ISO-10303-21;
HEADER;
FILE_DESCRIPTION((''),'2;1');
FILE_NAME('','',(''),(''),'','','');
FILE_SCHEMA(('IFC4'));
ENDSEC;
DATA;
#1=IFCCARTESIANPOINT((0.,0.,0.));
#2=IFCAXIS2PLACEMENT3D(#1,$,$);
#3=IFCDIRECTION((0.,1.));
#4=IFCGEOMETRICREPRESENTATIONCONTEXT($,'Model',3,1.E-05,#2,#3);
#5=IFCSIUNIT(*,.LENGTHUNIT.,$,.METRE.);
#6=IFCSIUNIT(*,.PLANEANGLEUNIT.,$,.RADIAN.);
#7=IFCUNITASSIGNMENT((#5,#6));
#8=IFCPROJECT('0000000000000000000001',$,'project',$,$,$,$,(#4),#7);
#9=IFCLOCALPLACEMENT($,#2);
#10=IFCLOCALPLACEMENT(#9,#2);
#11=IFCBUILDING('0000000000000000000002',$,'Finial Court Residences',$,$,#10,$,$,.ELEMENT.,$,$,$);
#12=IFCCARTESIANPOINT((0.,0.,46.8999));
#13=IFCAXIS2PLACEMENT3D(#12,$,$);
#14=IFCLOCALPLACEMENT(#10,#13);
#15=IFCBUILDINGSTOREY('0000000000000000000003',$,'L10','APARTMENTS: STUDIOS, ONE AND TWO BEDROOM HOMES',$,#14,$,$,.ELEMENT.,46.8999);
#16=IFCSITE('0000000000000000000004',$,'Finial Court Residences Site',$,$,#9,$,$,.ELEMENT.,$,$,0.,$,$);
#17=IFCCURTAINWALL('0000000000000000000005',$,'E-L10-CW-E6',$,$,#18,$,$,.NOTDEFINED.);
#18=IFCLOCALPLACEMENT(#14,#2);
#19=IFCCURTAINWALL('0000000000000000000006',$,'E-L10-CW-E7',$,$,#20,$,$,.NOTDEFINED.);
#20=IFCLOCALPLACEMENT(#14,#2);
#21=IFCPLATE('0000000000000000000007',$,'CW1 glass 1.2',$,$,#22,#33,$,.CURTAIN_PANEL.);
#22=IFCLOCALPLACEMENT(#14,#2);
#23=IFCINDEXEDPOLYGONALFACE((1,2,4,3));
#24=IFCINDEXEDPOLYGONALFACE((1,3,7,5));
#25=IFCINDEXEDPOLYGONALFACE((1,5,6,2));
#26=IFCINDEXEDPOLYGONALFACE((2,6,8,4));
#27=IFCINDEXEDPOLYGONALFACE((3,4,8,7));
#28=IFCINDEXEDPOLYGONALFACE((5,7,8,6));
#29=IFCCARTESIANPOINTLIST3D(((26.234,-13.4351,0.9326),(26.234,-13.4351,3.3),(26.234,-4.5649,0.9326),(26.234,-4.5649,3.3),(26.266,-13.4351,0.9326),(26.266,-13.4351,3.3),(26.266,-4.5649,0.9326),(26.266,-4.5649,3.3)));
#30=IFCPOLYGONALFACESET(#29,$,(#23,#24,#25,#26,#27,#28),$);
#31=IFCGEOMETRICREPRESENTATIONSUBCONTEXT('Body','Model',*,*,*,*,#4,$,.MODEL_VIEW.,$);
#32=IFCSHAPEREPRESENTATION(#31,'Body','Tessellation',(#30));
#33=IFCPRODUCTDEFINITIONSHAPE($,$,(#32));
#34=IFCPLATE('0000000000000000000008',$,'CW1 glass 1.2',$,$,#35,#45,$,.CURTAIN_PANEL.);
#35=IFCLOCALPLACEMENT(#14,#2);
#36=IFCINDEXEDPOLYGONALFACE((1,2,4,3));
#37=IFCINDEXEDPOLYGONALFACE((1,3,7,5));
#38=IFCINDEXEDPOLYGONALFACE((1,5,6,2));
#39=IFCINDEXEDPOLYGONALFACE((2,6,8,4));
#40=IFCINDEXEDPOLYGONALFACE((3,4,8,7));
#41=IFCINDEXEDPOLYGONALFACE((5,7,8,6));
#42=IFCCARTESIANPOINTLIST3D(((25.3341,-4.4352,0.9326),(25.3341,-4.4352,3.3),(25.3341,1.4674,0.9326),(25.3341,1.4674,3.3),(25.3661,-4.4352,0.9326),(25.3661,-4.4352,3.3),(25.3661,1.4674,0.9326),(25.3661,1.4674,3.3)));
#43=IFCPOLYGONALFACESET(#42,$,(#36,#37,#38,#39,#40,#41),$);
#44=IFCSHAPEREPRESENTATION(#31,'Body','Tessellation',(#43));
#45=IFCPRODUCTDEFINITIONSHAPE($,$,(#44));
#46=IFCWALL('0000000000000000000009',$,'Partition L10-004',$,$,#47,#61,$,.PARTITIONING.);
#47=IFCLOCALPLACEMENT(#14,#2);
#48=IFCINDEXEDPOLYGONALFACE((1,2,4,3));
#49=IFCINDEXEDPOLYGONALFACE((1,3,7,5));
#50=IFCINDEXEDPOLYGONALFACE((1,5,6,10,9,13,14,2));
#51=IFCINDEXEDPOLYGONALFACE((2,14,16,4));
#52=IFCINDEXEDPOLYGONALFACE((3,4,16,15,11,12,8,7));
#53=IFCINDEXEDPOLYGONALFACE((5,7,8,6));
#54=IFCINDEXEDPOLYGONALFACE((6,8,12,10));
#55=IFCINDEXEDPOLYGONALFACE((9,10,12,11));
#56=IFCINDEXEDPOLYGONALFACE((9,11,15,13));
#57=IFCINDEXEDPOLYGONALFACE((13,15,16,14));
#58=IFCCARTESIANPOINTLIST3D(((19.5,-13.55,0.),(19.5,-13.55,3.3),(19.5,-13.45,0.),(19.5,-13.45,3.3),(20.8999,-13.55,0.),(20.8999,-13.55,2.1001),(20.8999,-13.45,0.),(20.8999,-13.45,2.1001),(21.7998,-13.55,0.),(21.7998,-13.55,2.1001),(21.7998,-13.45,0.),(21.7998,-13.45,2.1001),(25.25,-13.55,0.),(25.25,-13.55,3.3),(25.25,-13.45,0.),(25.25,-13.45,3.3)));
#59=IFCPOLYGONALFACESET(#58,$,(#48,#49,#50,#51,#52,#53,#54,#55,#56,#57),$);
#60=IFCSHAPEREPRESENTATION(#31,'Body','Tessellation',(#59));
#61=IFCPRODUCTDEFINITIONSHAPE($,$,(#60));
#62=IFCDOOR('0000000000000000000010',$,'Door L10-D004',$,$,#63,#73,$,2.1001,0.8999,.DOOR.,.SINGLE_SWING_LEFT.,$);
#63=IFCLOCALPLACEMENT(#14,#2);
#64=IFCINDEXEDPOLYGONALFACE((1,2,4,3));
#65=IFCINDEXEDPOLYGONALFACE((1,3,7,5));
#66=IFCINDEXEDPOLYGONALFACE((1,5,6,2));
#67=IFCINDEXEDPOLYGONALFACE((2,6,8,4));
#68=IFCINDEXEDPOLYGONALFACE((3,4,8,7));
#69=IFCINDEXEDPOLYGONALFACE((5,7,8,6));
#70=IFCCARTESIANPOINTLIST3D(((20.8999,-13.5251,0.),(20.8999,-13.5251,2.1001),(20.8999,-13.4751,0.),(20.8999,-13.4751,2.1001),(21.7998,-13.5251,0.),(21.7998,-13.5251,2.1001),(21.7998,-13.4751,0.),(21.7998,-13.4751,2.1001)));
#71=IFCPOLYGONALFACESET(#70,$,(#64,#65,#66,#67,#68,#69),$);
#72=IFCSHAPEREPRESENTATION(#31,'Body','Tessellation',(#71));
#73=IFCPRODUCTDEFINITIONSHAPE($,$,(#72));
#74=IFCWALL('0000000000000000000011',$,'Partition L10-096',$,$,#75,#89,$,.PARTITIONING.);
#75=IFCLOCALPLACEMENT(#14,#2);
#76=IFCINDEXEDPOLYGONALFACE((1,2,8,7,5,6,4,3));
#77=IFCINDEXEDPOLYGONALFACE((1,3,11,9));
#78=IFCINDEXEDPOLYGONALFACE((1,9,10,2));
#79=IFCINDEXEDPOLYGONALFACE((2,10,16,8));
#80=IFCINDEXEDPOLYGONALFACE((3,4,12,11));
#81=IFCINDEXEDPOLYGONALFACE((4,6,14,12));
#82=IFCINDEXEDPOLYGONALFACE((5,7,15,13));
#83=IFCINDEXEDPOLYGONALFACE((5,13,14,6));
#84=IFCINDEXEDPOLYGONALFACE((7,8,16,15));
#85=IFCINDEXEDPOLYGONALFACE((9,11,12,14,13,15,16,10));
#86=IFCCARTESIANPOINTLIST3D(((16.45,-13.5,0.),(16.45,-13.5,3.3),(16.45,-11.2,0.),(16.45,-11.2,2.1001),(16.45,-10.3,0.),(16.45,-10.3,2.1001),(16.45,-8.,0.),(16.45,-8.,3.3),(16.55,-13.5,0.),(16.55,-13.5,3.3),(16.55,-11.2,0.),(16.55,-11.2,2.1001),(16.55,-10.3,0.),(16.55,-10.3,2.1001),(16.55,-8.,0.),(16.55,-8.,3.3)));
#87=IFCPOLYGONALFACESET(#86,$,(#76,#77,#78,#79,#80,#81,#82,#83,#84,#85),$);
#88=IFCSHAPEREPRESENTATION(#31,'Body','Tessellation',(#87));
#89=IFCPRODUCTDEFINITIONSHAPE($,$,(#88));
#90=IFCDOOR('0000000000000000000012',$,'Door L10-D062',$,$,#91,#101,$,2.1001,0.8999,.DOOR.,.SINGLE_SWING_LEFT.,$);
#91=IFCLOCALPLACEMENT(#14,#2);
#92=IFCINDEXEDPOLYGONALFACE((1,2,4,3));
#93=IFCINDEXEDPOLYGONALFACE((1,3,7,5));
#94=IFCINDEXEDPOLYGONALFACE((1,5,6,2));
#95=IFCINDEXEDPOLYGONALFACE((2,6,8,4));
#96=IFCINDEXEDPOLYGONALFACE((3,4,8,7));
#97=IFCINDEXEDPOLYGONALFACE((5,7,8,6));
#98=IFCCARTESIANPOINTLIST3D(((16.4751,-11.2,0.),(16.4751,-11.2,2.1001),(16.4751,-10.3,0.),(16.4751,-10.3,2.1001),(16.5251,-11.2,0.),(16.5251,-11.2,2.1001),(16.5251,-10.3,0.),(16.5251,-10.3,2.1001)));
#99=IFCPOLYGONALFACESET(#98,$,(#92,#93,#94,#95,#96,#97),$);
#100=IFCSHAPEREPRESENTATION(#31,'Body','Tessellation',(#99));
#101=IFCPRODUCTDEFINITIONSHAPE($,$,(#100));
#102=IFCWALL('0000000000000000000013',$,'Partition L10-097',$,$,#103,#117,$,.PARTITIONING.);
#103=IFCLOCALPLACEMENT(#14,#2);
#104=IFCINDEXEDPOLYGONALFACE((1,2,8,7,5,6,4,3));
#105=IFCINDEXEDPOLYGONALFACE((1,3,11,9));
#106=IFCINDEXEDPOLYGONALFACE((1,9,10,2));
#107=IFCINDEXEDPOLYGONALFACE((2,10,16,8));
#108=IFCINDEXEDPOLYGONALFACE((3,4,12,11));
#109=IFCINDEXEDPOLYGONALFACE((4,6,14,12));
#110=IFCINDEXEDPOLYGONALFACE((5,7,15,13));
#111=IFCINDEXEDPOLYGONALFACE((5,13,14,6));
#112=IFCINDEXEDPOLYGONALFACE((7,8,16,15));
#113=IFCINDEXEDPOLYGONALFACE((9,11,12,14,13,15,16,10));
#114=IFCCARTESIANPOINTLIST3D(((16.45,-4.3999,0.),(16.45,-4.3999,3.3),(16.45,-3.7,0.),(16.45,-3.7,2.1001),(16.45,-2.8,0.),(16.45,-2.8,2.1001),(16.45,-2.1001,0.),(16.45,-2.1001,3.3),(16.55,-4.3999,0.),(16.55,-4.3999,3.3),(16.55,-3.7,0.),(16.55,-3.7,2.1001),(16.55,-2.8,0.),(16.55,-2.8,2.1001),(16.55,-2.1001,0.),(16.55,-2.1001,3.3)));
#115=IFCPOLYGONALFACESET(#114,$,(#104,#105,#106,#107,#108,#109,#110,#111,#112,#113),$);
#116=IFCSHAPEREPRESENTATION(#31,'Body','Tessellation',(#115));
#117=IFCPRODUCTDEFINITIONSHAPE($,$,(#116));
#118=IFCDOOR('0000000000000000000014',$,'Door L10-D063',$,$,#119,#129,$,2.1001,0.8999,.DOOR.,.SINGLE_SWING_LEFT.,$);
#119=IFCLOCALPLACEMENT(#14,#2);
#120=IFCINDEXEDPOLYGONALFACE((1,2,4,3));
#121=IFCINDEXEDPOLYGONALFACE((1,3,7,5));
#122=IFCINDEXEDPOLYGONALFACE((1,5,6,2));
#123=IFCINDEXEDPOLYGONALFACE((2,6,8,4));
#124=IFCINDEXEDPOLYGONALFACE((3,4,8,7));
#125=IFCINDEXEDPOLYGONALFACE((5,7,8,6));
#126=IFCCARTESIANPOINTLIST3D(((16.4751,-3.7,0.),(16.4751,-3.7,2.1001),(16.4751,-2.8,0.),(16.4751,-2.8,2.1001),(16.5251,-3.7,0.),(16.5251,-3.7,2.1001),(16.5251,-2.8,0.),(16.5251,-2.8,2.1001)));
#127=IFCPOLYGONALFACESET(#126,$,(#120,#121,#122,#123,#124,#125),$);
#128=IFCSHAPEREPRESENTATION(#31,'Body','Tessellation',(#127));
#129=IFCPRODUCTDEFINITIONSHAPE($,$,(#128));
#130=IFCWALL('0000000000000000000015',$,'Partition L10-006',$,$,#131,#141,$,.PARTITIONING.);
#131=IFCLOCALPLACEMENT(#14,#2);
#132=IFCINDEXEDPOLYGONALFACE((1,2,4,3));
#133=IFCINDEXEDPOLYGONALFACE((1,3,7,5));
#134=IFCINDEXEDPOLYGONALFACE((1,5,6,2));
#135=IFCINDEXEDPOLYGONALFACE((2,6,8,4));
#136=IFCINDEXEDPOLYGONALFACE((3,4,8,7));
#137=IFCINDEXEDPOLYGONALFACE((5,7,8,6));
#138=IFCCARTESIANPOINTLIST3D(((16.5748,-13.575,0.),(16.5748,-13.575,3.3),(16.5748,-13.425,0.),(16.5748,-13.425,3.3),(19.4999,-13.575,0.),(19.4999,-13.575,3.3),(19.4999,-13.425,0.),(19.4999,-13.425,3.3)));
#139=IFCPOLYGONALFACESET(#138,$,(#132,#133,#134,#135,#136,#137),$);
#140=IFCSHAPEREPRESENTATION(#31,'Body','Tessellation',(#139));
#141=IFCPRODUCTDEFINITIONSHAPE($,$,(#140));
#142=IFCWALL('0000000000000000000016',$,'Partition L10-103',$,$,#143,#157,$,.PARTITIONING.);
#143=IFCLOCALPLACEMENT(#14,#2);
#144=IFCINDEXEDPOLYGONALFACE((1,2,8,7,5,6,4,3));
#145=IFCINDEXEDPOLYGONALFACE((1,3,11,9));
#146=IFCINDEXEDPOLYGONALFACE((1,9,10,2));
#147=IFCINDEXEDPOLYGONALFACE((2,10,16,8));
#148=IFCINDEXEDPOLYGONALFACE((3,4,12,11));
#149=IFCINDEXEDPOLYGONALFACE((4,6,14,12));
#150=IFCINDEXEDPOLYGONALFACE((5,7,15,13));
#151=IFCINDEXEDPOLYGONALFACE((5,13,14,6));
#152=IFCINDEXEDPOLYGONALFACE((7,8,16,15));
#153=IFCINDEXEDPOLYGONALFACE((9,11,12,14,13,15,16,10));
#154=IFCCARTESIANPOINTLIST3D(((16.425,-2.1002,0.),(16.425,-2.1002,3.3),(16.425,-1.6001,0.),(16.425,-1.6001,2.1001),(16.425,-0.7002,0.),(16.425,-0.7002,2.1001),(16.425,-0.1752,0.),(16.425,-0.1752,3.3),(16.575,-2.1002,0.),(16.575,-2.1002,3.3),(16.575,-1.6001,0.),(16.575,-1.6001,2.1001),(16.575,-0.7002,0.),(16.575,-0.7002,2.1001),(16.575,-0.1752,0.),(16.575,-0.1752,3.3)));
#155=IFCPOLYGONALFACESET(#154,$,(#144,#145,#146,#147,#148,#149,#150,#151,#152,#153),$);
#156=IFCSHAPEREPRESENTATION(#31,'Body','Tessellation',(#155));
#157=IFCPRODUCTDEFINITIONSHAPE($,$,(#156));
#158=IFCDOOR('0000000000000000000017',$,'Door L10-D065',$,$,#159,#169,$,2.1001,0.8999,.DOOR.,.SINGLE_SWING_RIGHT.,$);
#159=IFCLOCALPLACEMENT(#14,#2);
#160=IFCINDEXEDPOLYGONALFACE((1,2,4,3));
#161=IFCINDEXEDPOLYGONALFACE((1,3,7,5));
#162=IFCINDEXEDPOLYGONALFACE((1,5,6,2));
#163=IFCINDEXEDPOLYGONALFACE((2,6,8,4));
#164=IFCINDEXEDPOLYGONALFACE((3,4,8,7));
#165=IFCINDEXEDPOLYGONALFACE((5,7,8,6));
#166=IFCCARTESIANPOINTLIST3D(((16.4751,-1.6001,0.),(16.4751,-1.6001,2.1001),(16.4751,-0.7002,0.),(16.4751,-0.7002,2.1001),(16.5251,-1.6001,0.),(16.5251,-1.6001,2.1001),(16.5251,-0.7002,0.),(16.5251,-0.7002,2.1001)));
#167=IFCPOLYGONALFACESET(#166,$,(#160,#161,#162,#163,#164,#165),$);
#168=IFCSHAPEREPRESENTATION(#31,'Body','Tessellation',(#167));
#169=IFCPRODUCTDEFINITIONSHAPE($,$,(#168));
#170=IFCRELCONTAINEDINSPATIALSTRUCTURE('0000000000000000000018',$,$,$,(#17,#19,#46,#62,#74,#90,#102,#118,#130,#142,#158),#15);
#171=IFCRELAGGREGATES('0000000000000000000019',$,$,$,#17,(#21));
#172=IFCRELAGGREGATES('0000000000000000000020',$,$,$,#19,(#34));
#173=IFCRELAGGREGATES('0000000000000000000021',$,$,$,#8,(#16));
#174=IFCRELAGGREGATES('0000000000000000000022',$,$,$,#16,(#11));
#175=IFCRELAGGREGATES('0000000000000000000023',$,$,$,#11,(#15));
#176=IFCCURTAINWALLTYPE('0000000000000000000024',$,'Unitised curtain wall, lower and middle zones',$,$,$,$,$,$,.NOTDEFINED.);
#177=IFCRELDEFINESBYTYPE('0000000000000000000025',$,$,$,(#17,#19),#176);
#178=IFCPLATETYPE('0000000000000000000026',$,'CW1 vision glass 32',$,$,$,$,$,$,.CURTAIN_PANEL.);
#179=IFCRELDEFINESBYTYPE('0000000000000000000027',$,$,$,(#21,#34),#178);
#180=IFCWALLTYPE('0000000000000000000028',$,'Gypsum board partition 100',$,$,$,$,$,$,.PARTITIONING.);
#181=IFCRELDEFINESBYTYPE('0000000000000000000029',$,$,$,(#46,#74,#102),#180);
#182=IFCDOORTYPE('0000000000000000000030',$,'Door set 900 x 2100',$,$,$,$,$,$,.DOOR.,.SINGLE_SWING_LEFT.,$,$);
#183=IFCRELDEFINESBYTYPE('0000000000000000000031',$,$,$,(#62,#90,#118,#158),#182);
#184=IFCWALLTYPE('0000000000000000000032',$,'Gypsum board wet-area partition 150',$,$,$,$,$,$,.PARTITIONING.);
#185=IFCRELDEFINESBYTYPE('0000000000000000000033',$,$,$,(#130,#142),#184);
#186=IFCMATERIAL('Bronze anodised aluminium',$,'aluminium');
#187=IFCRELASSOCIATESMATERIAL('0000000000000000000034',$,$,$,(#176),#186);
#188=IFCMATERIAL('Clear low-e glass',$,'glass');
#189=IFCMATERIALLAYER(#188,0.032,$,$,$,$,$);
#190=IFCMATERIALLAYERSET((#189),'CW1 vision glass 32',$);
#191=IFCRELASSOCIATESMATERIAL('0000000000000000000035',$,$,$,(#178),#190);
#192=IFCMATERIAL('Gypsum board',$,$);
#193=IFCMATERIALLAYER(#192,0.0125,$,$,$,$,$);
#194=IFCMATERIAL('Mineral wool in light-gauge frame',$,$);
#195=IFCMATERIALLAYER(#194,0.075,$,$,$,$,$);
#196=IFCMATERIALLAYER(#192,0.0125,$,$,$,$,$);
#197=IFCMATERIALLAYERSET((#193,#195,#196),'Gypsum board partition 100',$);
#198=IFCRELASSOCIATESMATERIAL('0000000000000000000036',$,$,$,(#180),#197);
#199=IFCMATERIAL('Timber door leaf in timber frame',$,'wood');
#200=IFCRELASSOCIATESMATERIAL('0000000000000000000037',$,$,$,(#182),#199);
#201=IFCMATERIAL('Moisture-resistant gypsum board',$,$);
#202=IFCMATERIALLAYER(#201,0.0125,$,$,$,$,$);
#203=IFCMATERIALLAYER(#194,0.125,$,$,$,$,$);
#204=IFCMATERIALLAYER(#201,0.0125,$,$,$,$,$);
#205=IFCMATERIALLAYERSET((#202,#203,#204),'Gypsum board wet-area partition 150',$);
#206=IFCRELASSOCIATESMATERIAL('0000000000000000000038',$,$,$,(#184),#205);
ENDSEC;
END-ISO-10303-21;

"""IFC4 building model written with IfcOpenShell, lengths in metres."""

from ifc_helpers import new_model, si_unit, direction, frame, frame_2d, origin, origin_2d, place, context, subcontext, project, spatial, rectangle, extrude, material, layer, layer_set, type_object, element, fill, aggregate, save


model = new_model("IFC4")

# Units and contexts
model_context = context("Model", 3, precision=1e-05, world=origin(), true_north=direction((0.0, 1.0)))
body_context = subcontext(model_context, "Body", "Model", "MODEL_VIEW")
ifc_project = project(units=[si_unit("LENGTHUNIT", "METRE"), si_unit("PLANEANGLEUNIT", "RADIAN")], contexts=[model_context])

# Site, building, storey
site_placement = place(None, origin())
site = spatial("IfcSite", under=ifc_project, at=site_placement, Name="Finial Court Residences Site", CompositionType="ELEMENT", RefElevation=0.0)
building_placement = place(site_placement, origin())
building = spatial("IfcBuilding", under=site, at=building_placement, Name="Finial Court Residences", CompositionType="ELEMENT")
storey_placement = place(building_placement, frame((0.0, 0.0, 46.8999)))
storey = spatial("IfcBuildingStorey", under=building, at=storey_placement, Name="L10", Description="APARTMENTS: STUDIOS, ONE AND TWO BEDROOM HOMES", CompositionType="ELEMENT", Elevation=46.8999)

# Curtain walls
ifc_material_1 = material(Name="Bronze anodised aluminium", Category="aluminium")
curtain_wall_type = type_object("IfcCurtainWallType", Name="Unitised curtain wall, lower and middle zones", PredefinedType="NOTDEFINED", material=ifc_material_1)
curtain_wall_1_placement = place(storey_placement, origin())
curtain_wall_1 = element("IfcCurtainWall", 1, at=curtain_wall_1_placement, inside=storey, type_object=curtain_wall_type, Name="E-L10-CW-E6", PredefinedType="NOTDEFINED")
curtain_wall_2_placement = place(storey_placement, origin())
curtain_wall_2 = element("IfcCurtainWall", 2, at=curtain_wall_2_placement, inside=storey, type_object=curtain_wall_type, Name="E-L10-CW-E7", PredefinedType="NOTDEFINED")

# Plates
ifc_material_2 = material(Name="Clear low-e glass", Category="glass")
ifc_layer_1 = layer(ifc_material_2, 0.032)
ifc_layer_set_1 = layer_set([ifc_layer_1], Name="CW1 vision glass 32")
plate_type_1 = type_object("IfcPlateType", Name="CW1 vision glass 32", PredefinedType="CURTAIN_PANEL", material=ifc_layer_set_1)
plate_1_placement = place(storey_placement, frame((26.25, -9.0, 0.9326), z_axis=(0.0, 0.0, 1.0), x_axis=(0.0, 1.0, 0.0)))
plate_1 = element("IfcPlate", 3, at=plate_1_placement, type_object=plate_type_1, Name="CW1 glass 1.2", PredefinedType="CURTAIN_PANEL", context=body_context, shape_type="SweptSolid", body=[
    extrude(rectangle(XDim=8.8701, YDim=0.032, at=origin_2d()), origin(), (0.0, 0.0, 1.0), 2.3674),
])
aggregate(curtain_wall_1, [plate_1])
plate_2_placement = place(storey_placement, frame((25.3501, -1.4839, 0.9326), z_axis=(0.0, 0.0, 1.0), x_axis=(0.0, 1.0, 0.0)))
plate_2 = element("IfcPlate", 4, at=plate_2_placement, type_object=plate_type_1, Name="CW1 glass 1.2", PredefinedType="CURTAIN_PANEL", context=body_context, shape_type="SweptSolid", body=[
    extrude(rectangle(XDim=5.9026, YDim=0.032, at=origin_2d()), origin(), (0.0, 0.0, 1.0), 2.3674),
])
aggregate(curtain_wall_2, [plate_2])

# Walls, openings, doors
ifc_material_3 = material(Name="Gypsum board")
ifc_layer_2 = layer(ifc_material_3, 0.0125)
ifc_material_4 = material(Name="Mineral wool in light-gauge frame")
ifc_layer_3 = layer(ifc_material_4, 0.075)
ifc_layer_4 = layer(ifc_material_3, 0.0125)
ifc_layer_set_2 = layer_set([ifc_layer_2, ifc_layer_3, ifc_layer_4], Name="Gypsum board partition 100")
wall_type_1 = type_object("IfcWallType", Name="Gypsum board partition 100", PredefinedType="PARTITIONING", material=ifc_layer_set_2)
wall_1_placement = place(storey_placement, frame((19.5, -13.5, 0.0), z_axis=(0.0, 0.0, 1.0), x_axis=(1.0, 0.0, 0.0)))
wall_1 = element("IfcWall", 5, at=wall_1_placement, inside=storey, type_object=wall_type_1, Name="Partition L10-004", PredefinedType="PARTITIONING", context=body_context, shape_type="SweptSolid", body=[
    extrude(rectangle(XDim=5.75, YDim=0.1001, at=frame_2d((2.875, 0.0))), origin(), (0.0, 0.0, 1.0), 3.3),
])
opening_1_placement = place(wall_1_placement, frame((1.3999, 0.0, 0.0)))
opening_1 = element("IfcOpeningElement", 6, at=opening_1_placement, cuts=wall_1, PredefinedType="OPENING", context=body_context, shape_type="SweptSolid", body=[
    extrude(rectangle(XDim=0.8999, YDim=2.1001, at=frame_2d((0.45, 1.05))), frame((0.0, 0.0601, 0.0), z_axis=(0.0, -1.0, 0.0), x_axis=(1.0, 0.0, 0.0)), (0.0, 0.0, 1.0), 0.1201),
])
ifc_material_5 = material(Name="Timber door leaf in timber frame", Category="wood")
door_type = type_object("IfcDoorType", Name="Door set 900 x 2100", OperationType="SINGLE_SWING_LEFT", PredefinedType="DOOR", material=ifc_material_5)
door_1_placement = place(opening_1_placement, origin())
door_1 = element("IfcDoor", 7, at=door_1_placement, inside=storey, type_object=door_type, Name="Door L10-D004", OperationType="SINGLE_SWING_LEFT", OverallHeight=2.1001, OverallWidth=0.8999, PredefinedType="DOOR", context=body_context, shape_type="SweptSolid", body=[
    extrude(rectangle(XDim=0.8999, YDim=2.1001, at=frame_2d((0.45, 1.05))), frame((0.0, 0.0249, 0.0), z_axis=(0.0, -1.0, 0.0), x_axis=(1.0, 0.0, 0.0)), (0.0, 0.0, 1.0), 0.05),
])
fill(opening_1, door_1)
wall_2_placement = place(storey_placement, frame((16.5, -13.5, 0.0), z_axis=(0.0, 0.0, 1.0), x_axis=(0.0, 1.0, 0.0)))
wall_2 = element("IfcWall", 8, at=wall_2_placement, inside=storey, type_object=wall_type_1, Name="Partition L10-096", PredefinedType="PARTITIONING", context=body_context, shape_type="SweptSolid", body=[
    extrude(rectangle(XDim=5.5, YDim=0.1001, at=frame_2d((2.75, 0.0))), origin(), (0.0, 0.0, 1.0), 3.3),
])
opening_2_placement = place(wall_2_placement, frame((2.3, 0.0, 0.0)))
opening_2 = element("IfcOpeningElement", 9, at=opening_2_placement, cuts=wall_2, PredefinedType="OPENING", context=body_context, shape_type="SweptSolid", body=[
    extrude(rectangle(XDim=0.8999, YDim=2.1001, at=frame_2d((0.45, 1.05))), frame((0.0, 0.0601, 0.0), z_axis=(0.0, -1.0, 0.0), x_axis=(1.0, 0.0, 0.0)), (0.0, 0.0, 1.0), 0.1201),
])
door_2_placement = place(opening_2_placement, origin())
door_2 = element("IfcDoor", 10, at=door_2_placement, inside=storey, type_object=door_type, Name="Door L10-D062", OperationType="SINGLE_SWING_LEFT", OverallHeight=2.1001, OverallWidth=0.8999, PredefinedType="DOOR", context=body_context, shape_type="SweptSolid", body=[
    extrude(rectangle(XDim=0.8999, YDim=2.1001, at=frame_2d((0.45, 1.05))), frame((0.0, 0.0249, 0.0), z_axis=(0.0, -1.0, 0.0), x_axis=(1.0, 0.0, 0.0)), (0.0, 0.0, 1.0), 0.05),
])
fill(opening_2, door_2)
wall_3_placement = place(storey_placement, frame((16.5, -4.3999, 0.0), z_axis=(0.0, 0.0, 1.0), x_axis=(0.0, 1.0, 0.0)))
wall_3 = element("IfcWall", 11, at=wall_3_placement, inside=storey, type_object=wall_type_1, Name="Partition L10-097", PredefinedType="PARTITIONING", context=body_context, shape_type="SweptSolid", body=[
    extrude(rectangle(XDim=2.2998, YDim=0.1001, at=frame_2d((1.1499, 0.0))), origin(), (0.0, 0.0, 1.0), 3.3),
])
opening_3_placement = place(wall_3_placement, frame((0.7, 0.0, 0.0)))
opening_3 = element("IfcOpeningElement", 12, at=opening_3_placement, cuts=wall_3, PredefinedType="OPENING", context=body_context, shape_type="SweptSolid", body=[
    extrude(rectangle(XDim=0.8999, YDim=2.1001, at=frame_2d((0.45, 1.05))), frame((0.0, 0.0601, 0.0), z_axis=(0.0, -1.0, 0.0), x_axis=(1.0, 0.0, 0.0)), (0.0, 0.0, 1.0), 0.1201),
])
door_3_placement = place(opening_3_placement, origin())
door_3 = element("IfcDoor", 13, at=door_3_placement, inside=storey, type_object=door_type, Name="Door L10-D063", OperationType="SINGLE_SWING_LEFT", OverallHeight=2.1001, OverallWidth=0.8999, PredefinedType="DOOR", context=body_context, shape_type="SweptSolid", body=[
    extrude(rectangle(XDim=0.8999, YDim=2.1001, at=frame_2d((0.45, 1.05))), frame((0.0, 0.0249, 0.0), z_axis=(0.0, -1.0, 0.0), x_axis=(1.0, 0.0, 0.0)), (0.0, 0.0, 1.0), 0.05),
])
fill(opening_3, door_3)

# Wall
ifc_material_6 = material(Name="Moisture-resistant gypsum board")
ifc_layer_5 = layer(ifc_material_6, 0.0125)
ifc_layer_6 = layer(ifc_material_4, 0.125)
ifc_layer_7 = layer(ifc_material_6, 0.0125)
ifc_layer_set_3 = layer_set([ifc_layer_5, ifc_layer_6, ifc_layer_7], Name="Gypsum board wet-area partition 150")
wall_type_2 = type_object("IfcWallType", Name="Gypsum board wet-area partition 150", PredefinedType="PARTITIONING", material=ifc_layer_set_3)
wall_4_placement = place(storey_placement, frame((16.575, -13.5, 0.0), z_axis=(0.0, 0.0, 1.0), x_axis=(1.0, 0.0, 0.0)))
element("IfcWall", 14, at=wall_4_placement, inside=storey, type_object=wall_type_2, Name="Partition L10-006", PredefinedType="PARTITIONING", context=body_context, shape_type="SweptSolid", body=[
    extrude(rectangle(XDim=2.925, YDim=0.1499, at=frame_2d((1.4624, 0.0))), origin(), (0.0, 0.0, 1.0), 3.3),
])

# Wall, opening, door
wall_5_placement = place(storey_placement, frame((16.5, -2.1001, 0.0), z_axis=(0.0, 0.0, 1.0), x_axis=(0.0, 1.0, 0.0)))
wall_5 = element("IfcWall", 15, at=wall_5_placement, inside=storey, type_object=wall_type_2, Name="Partition L10-103", PredefinedType="PARTITIONING", context=body_context, shape_type="SweptSolid", body=[
    extrude(rectangle(XDim=1.925, YDim=0.1499, at=frame_2d((0.9624, 0.0))), origin(), (0.0, 0.0, 1.0), 3.3),
])
opening_4_placement = place(wall_5_placement, frame((0.5, 0.0, 0.0)))
opening_4 = element("IfcOpeningElement", 16, at=opening_4_placement, cuts=wall_5, PredefinedType="OPENING", context=body_context, shape_type="SweptSolid", body=[
    extrude(rectangle(XDim=0.8999, YDim=2.1001, at=frame_2d((0.45, 1.05))), frame((0.0, 0.085, 0.0), z_axis=(0.0, -1.0, 0.0), x_axis=(1.0, 0.0, 0.0)), (0.0, 0.0, 1.0), 0.1699),
])
door_4_placement = place(opening_4_placement, origin())
door_4 = element("IfcDoor", 17, at=door_4_placement, inside=storey, type_object=door_type, Name="Door L10-D065", OperationType="SINGLE_SWING_RIGHT", OverallHeight=2.1001, OverallWidth=0.8999, PredefinedType="DOOR", context=body_context, shape_type="SweptSolid", body=[
    extrude(rectangle(XDim=0.8999, YDim=2.1001, at=frame_2d((0.45, 1.05))), frame((0.0, 0.0249, 0.0), z_axis=(0.0, -1.0, 0.0), x_axis=(1.0, 0.0, 0.0)), (0.0, 0.0, 1.0), 0.05),
])
fill(opening_4, door_4)

save(model, "model.ifc")
